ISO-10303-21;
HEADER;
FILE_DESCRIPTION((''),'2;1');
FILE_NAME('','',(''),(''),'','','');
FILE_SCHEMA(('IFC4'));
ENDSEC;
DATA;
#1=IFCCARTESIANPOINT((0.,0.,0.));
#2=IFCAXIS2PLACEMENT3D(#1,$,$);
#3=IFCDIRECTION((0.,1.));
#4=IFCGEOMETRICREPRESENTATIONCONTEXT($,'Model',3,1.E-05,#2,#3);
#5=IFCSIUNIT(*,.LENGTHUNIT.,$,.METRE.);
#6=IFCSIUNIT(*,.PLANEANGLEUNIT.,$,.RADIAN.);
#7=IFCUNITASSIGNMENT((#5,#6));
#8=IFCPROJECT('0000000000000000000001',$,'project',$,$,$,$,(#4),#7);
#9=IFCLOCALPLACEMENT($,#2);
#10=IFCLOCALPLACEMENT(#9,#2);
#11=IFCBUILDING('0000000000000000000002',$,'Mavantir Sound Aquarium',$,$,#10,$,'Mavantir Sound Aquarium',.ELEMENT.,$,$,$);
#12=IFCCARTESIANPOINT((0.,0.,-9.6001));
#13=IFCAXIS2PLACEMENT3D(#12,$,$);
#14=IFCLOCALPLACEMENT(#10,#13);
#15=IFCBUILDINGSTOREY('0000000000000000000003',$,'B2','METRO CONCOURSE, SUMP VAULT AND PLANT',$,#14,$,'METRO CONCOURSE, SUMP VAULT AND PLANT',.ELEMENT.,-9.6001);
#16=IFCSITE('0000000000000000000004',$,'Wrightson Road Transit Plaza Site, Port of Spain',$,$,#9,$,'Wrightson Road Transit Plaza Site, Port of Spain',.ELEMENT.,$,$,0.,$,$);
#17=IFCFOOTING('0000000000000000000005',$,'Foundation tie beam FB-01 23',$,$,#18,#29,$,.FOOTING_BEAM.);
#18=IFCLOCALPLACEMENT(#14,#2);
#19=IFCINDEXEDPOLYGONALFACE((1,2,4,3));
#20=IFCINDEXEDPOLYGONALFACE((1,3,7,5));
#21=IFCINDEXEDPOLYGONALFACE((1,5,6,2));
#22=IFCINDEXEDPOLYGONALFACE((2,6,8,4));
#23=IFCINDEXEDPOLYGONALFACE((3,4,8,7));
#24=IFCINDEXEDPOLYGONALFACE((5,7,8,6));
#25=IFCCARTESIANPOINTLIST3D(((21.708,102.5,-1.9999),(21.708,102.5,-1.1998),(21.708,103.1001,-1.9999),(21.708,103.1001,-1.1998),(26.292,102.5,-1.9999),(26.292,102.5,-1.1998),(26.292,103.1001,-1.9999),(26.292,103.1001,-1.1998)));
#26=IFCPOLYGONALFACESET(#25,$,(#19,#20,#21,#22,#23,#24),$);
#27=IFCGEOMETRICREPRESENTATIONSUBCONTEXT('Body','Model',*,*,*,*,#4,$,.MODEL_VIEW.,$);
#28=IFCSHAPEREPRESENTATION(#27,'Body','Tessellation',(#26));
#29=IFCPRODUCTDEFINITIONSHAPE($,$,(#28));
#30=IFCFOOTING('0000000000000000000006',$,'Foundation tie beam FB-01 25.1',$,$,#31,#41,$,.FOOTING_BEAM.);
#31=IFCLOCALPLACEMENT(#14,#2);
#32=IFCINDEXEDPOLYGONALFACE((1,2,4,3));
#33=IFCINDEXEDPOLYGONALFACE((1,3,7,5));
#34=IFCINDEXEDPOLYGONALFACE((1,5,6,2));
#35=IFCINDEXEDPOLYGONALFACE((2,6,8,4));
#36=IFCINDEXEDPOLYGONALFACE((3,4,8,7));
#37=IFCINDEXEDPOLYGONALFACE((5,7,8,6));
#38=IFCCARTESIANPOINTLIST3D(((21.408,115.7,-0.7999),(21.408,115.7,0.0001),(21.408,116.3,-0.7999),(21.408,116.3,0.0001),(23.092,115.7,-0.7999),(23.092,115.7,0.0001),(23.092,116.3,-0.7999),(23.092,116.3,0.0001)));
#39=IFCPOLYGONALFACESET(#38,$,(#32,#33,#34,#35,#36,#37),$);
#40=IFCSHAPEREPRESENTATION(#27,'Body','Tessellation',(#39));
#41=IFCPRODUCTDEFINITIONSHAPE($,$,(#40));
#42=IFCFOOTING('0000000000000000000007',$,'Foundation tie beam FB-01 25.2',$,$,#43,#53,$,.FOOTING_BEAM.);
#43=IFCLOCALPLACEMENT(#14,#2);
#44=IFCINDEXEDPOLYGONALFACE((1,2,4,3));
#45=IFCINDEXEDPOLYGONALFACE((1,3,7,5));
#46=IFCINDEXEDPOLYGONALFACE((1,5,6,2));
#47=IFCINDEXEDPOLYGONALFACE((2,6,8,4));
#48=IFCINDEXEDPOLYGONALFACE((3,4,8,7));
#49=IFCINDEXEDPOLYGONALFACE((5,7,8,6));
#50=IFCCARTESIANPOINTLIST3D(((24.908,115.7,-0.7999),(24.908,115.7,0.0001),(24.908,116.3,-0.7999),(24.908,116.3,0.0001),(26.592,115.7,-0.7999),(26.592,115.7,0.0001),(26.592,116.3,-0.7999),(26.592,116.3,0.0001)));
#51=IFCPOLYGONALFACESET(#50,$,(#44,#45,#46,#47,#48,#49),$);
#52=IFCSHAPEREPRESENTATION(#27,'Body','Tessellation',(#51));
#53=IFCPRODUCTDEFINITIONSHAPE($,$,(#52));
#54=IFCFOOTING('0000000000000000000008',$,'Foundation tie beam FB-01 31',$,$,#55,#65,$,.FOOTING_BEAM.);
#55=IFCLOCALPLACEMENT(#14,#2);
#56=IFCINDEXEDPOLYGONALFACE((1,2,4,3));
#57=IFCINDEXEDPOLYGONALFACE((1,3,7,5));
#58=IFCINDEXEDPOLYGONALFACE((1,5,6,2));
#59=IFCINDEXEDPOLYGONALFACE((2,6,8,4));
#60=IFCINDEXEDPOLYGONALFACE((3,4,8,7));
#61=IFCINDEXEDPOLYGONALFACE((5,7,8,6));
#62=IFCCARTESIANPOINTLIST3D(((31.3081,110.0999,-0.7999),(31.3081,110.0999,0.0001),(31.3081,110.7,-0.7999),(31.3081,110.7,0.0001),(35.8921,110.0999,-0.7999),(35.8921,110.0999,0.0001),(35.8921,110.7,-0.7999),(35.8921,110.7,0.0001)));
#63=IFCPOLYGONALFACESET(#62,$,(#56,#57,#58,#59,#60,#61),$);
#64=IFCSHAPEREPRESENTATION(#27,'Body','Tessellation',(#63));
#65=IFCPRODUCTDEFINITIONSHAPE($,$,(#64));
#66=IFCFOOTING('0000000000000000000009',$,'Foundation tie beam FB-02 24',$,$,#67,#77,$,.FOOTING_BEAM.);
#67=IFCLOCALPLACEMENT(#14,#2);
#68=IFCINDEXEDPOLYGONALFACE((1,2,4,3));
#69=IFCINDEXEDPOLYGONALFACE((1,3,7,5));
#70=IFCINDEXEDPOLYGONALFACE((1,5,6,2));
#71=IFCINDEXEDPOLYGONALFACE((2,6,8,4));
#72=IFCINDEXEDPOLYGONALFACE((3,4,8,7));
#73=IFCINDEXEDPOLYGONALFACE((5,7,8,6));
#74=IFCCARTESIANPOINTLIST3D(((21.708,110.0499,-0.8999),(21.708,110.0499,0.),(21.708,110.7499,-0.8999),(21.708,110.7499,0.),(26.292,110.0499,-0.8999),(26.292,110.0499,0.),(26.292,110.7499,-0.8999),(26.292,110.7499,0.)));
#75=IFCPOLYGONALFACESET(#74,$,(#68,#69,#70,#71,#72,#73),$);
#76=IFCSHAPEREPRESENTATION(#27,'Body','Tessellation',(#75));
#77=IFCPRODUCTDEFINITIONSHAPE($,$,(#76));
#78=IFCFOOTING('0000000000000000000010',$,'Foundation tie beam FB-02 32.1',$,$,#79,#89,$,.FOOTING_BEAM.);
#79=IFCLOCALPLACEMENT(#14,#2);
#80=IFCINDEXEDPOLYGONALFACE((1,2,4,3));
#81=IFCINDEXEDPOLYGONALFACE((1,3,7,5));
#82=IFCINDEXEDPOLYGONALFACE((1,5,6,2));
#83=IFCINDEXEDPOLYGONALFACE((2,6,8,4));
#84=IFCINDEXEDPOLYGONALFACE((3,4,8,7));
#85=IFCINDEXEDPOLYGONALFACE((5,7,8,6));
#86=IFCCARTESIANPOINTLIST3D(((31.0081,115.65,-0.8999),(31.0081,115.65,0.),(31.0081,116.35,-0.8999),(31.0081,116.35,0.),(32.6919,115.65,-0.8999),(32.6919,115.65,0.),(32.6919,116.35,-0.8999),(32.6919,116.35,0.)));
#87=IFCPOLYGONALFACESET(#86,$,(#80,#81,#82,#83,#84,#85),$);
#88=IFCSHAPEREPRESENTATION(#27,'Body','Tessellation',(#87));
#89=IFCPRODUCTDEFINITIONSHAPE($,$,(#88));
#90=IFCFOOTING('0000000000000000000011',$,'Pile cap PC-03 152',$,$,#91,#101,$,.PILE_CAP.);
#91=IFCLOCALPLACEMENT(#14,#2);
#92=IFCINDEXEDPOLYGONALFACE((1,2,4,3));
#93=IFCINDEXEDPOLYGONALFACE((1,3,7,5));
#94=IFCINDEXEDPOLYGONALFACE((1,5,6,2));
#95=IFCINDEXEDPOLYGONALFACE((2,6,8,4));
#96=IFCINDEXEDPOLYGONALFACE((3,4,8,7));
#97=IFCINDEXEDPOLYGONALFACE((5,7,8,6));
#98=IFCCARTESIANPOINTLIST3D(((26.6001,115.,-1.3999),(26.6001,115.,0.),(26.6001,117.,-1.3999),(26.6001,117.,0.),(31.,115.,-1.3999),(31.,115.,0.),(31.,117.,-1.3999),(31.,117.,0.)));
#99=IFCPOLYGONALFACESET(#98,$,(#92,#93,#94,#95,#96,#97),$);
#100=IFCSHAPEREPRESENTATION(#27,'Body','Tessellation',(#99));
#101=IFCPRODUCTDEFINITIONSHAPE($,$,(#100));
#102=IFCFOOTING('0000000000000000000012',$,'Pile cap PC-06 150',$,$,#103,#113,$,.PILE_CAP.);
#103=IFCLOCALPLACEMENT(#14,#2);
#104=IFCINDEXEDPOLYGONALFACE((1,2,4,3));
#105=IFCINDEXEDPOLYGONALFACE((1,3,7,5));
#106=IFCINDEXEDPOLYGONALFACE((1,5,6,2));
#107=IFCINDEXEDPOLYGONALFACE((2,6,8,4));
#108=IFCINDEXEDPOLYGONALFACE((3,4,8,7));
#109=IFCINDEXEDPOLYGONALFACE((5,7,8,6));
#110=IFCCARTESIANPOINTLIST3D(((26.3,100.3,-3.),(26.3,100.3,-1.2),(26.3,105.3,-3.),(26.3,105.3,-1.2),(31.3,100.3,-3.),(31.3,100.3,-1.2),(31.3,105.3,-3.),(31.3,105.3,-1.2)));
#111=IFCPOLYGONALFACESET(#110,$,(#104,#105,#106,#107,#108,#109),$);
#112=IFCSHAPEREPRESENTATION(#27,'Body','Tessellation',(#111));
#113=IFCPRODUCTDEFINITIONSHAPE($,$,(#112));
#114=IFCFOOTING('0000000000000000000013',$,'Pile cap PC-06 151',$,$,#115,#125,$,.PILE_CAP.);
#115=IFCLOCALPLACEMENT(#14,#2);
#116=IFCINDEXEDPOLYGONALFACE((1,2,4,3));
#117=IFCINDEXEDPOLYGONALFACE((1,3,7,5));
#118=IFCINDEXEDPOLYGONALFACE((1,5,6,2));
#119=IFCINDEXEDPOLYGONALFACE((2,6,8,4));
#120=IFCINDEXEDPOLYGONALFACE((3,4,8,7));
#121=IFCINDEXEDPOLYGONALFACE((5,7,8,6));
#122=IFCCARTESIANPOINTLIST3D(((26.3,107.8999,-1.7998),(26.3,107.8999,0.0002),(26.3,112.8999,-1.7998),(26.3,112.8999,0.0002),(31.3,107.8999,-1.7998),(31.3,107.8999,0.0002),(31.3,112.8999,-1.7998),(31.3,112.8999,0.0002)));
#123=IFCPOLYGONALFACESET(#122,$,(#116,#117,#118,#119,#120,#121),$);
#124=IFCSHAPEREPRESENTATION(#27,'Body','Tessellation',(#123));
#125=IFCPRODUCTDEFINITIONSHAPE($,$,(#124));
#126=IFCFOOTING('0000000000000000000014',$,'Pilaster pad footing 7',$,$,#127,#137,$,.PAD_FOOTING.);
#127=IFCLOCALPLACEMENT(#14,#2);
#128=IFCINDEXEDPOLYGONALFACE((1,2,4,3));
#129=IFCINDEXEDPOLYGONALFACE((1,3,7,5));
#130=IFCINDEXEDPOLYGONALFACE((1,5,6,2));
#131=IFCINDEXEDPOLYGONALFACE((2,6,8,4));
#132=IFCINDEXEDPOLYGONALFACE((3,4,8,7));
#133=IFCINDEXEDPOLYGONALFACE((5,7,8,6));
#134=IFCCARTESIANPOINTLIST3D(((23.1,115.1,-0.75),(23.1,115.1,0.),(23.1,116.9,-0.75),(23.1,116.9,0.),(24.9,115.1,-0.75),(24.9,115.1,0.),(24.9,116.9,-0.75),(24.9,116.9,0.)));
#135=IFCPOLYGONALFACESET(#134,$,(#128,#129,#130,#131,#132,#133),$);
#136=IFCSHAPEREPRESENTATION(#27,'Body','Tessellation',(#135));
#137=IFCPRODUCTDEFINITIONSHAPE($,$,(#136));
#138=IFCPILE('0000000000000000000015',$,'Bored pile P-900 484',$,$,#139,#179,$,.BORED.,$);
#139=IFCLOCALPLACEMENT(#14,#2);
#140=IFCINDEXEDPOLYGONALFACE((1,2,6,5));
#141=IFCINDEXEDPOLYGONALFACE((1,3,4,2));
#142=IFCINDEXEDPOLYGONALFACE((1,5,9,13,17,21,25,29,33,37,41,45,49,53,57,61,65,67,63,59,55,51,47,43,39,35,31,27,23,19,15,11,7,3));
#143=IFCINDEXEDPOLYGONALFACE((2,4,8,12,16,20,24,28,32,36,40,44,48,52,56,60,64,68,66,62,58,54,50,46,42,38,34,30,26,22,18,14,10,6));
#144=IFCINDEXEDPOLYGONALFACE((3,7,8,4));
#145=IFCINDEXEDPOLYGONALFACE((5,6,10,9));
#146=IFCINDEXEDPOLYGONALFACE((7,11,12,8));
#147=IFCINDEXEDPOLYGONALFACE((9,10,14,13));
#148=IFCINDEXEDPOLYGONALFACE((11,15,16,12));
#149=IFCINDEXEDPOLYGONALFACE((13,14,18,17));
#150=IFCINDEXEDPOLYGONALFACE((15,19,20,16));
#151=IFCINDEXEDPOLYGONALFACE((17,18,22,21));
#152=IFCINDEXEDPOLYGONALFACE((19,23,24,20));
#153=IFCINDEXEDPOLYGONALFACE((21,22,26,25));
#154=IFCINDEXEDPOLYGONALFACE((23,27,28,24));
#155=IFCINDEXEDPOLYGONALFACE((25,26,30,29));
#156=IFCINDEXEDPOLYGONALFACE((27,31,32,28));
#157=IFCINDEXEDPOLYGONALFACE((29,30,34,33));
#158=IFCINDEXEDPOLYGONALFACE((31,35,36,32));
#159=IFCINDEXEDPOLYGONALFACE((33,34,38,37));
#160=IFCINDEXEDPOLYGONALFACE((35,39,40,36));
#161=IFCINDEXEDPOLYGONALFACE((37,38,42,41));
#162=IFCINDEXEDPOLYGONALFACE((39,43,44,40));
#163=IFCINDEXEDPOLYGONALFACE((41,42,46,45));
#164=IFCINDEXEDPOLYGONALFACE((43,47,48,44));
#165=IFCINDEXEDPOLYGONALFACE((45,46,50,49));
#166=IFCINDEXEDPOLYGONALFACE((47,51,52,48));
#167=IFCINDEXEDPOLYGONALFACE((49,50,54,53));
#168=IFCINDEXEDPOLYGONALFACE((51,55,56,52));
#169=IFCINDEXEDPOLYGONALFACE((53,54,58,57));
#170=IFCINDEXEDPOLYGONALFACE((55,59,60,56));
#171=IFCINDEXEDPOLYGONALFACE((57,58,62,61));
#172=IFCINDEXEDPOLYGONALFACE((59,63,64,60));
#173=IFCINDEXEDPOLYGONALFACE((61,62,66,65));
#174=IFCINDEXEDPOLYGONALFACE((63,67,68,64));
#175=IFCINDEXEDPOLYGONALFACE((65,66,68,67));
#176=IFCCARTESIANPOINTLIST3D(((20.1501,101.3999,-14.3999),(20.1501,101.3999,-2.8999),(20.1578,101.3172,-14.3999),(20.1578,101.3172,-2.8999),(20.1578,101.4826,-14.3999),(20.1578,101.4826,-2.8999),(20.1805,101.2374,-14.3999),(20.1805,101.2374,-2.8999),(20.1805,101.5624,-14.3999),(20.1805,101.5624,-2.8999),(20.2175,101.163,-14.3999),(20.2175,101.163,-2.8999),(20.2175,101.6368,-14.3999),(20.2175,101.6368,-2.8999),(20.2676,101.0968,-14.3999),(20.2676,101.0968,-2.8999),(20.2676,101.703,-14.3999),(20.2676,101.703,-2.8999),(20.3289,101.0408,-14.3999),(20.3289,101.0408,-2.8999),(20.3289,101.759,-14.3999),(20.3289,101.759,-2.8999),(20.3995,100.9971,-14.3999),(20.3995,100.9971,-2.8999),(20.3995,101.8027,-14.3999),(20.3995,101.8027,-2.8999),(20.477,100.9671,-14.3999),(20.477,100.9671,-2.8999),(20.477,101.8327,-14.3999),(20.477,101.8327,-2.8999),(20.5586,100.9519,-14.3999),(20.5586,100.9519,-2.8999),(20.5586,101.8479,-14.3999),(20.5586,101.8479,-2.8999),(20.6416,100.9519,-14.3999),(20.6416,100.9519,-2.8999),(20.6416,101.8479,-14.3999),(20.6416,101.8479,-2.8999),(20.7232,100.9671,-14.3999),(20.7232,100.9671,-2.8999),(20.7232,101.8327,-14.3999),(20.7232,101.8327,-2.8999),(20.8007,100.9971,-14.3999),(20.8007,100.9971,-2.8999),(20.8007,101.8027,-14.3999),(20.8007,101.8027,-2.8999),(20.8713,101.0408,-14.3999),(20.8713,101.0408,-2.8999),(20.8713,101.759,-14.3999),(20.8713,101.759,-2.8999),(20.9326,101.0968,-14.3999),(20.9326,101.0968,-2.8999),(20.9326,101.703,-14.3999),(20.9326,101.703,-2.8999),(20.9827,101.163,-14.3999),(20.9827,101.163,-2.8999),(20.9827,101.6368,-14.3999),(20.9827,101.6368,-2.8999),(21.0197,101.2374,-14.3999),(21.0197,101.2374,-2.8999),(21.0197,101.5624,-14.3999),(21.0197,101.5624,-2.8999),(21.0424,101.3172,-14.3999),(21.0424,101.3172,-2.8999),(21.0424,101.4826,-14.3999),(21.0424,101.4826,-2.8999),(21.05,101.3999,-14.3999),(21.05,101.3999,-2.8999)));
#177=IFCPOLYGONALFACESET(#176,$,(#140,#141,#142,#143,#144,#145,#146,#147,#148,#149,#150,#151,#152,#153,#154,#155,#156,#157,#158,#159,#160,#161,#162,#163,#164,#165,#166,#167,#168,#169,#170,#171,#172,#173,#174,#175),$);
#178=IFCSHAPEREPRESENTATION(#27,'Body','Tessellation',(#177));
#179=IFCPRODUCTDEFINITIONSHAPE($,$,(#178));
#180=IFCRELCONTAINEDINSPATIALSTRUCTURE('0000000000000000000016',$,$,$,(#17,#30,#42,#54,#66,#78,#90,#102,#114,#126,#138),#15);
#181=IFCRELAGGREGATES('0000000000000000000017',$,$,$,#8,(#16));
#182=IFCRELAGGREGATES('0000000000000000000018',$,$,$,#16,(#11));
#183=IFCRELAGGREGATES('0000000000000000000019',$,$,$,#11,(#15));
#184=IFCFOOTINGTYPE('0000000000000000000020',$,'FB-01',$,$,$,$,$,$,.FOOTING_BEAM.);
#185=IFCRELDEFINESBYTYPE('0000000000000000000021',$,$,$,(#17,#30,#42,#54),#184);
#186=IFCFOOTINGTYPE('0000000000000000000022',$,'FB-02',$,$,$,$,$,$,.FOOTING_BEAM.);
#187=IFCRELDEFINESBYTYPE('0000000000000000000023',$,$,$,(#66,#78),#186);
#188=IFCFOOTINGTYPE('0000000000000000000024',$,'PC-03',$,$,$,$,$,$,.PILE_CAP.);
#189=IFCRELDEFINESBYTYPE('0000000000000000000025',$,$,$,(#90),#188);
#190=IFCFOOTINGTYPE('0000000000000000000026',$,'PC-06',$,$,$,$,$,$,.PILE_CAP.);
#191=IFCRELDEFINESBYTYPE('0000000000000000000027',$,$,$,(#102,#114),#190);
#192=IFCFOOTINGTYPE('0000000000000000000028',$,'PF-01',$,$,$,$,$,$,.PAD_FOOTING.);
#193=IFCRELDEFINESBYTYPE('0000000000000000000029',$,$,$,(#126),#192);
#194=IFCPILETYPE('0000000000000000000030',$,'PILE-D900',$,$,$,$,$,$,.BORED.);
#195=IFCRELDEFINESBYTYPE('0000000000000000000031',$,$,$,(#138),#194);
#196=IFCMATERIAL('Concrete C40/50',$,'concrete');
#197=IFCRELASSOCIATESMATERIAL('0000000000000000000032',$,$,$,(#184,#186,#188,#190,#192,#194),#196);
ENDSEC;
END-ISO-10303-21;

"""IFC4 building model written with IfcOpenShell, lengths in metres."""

from ifc_helpers import new_model, si_unit, direction, frame, origin, origin_2d, place, context, subcontext, project, spatial, rectangle, circle, extrude, material, material_profile, profile_set, type_object, element, save


model = new_model("IFC4")

# Units and contexts
model_context = context("Model", 3, precision=1e-05, world=origin(), true_north=direction((0.0, 1.0)))
body_context = subcontext(model_context, "Body", "Model", "MODEL_VIEW")
ifc_project = project(units=[si_unit("LENGTHUNIT", "METRE"), si_unit("PLANEANGLEUNIT", "RADIAN")], contexts=[model_context])

# Site, building, storey
site_placement = place(None, origin())
site = spatial("IfcSite", under=ifc_project, at=site_placement, Name="Wrightson Road Transit Plaza Site, Port of Spain", LongName="Wrightson Road Transit Plaza Site, Port of Spain", CompositionType="ELEMENT", RefElevation=0.0)
building_placement = place(site_placement, origin())
building = spatial("IfcBuilding", under=site, at=building_placement, Name="Mavantir Sound Aquarium", LongName="Mavantir Sound Aquarium", CompositionType="ELEMENT")
storey_placement = place(building_placement, frame((0.0, 0.0, -9.6001)))
storey = spatial("IfcBuildingStorey", under=building, at=storey_placement, Name="B2", Description="METRO CONCOURSE, SUMP VAULT AND PLANT", LongName="METRO CONCOURSE, SUMP VAULT AND PLANT", CompositionType="ELEMENT", Elevation=-9.6001)

# Footings
ifc_material = material(Name="Concrete C40/50", Category="concrete")
ifc_material_profile_1 = material_profile(ifc_material, rectangle(XDim=0.6001, YDim=0.8, at=origin_2d()), Name="RC 600X800")
ifc_profile_set_1 = profile_set([ifc_material_profile_1], Name="Concrete C40/50")
footing_type_1 = type_object("IfcFootingType", Name="FB-01", PredefinedType="FOOTING_BEAM", material=ifc_profile_set_1)
footing_1_placement = place(storey_placement, frame((21.708, 102.8, -1.5999), z_axis=(1.0, 0.0, 0.0), x_axis=(0.0, 1.0, 0.0)))
element("IfcFooting", 1, at=footing_1_placement, inside=storey, type_object=footing_type_1, Name="Foundation tie beam FB-01 23", PredefinedType="FOOTING_BEAM", context=body_context, shape_type="SweptSolid", body=[
    extrude(rectangle(XDim=0.6001, YDim=0.8, at=origin_2d()), origin(), (0.0, 0.0, 1.0), 4.584),
])
for number, where, z_axis, x_axis, name in (
    (2, (21.408, 116.0, -0.3999), (1.0, 0.0, 0.0), (0.0, 1.0, 0.0), "Foundation tie beam FB-01 25.1"),
    (3, (24.908, 116.0, -0.3999), (1.0, 0.0, 0.0), (0.0, 1.0, 0.0), "Foundation tie beam FB-01 25.2"),
):
    element("IfcFooting", number, at=place(storey_placement, frame(where, z_axis=z_axis, x_axis=x_axis)), inside=storey, type_object=footing_type_1, Name=name, PredefinedType="FOOTING_BEAM", context=body_context, shape_type="SweptSolid", body=[
        extrude(rectangle(XDim=0.6001, YDim=0.8, at=origin_2d()), origin(), (0.0, 0.0, 1.0), 1.6841),
    ])
footing_2_placement = place(storey_placement, frame((31.3081, 110.3999, -0.3999), z_axis=(1.0, 0.0, 0.0), x_axis=(0.0, 1.0, 0.0)))
element("IfcFooting", 4, at=footing_2_placement, inside=storey, type_object=footing_type_1, Name="Foundation tie beam FB-01 31", PredefinedType="FOOTING_BEAM", context=body_context, shape_type="SweptSolid", body=[
    extrude(rectangle(XDim=0.6001, YDim=0.8, at=origin_2d()), origin(), (0.0, 0.0, 1.0), 4.584),
])
ifc_material_profile_2 = material_profile(ifc_material, rectangle(XDim=0.7, YDim=0.8999, at=origin_2d()), Name="RC 700X900")
ifc_profile_set_2 = profile_set([ifc_material_profile_2], Name="Concrete C40/50")
footing_type_2 = type_object("IfcFootingType", Name="FB-02", PredefinedType="FOOTING_BEAM", material=ifc_profile_set_2)
footing_3_placement = place(storey_placement, frame((21.708, 110.3999, -0.45), z_axis=(1.0, 0.0, 0.0), x_axis=(0.0, 1.0, 0.0)))
element("IfcFooting", 5, at=footing_3_placement, inside=storey, type_object=footing_type_2, Name="Foundation tie beam FB-02 24", PredefinedType="FOOTING_BEAM", context=body_context, shape_type="SweptSolid", body=[
    extrude(rectangle(XDim=0.7, YDim=0.8999, at=origin_2d()), origin(), (0.0, 0.0, 1.0), 4.584),
])
footing_4_placement = place(storey_placement, frame((31.0081, 116.0, -0.45), z_axis=(1.0, 0.0, 0.0), x_axis=(0.0, 1.0, 0.0)))
element("IfcFooting", 6, at=footing_4_placement, inside=storey, type_object=footing_type_2, Name="Foundation tie beam FB-02 32.1", PredefinedType="FOOTING_BEAM", context=body_context, shape_type="SweptSolid", body=[
    extrude(rectangle(XDim=0.7, YDim=0.8999, at=origin_2d()), origin(), (0.0, 0.0, 1.0), 1.6838),
])
footing_type_3 = type_object("IfcFootingType", Name="PC-03", PredefinedType="PILE_CAP", material=ifc_material)
footing_5_placement = place(storey_placement, frame((28.8, 116.0, -1.3999), z_axis=(0.0, 0.0, 1.0), x_axis=(1.0, 0.0, 0.0)))
element("IfcFooting", 7, at=footing_5_placement, inside=storey, type_object=footing_type_3, Name="Pile cap PC-03 152", PredefinedType="PILE_CAP", context=body_context, shape_type="SweptSolid", body=[
    extrude(rectangle(XDim=4.3999, YDim=2.0, at=origin_2d()), origin(), (0.0, 0.0, 1.0), 1.3999),
])
footing_type_4 = type_object("IfcFootingType", Name="PC-06", PredefinedType="PILE_CAP", material=ifc_material)
for number, where, z_axis, x_axis, name in (
    (8, (28.8, 102.8, -3.0), (0.0, 0.0, 1.0), (1.0, 0.0, 0.0), "Pile cap PC-06 150"),
    (9, (28.8, 110.3999, -1.7998), (0.0, 0.0, 1.0), (1.0, 0.0, 0.0), "Pile cap PC-06 151"),
):
    element("IfcFooting", number, at=place(storey_placement, frame(where, z_axis=z_axis, x_axis=x_axis)), inside=storey, type_object=footing_type_4, Name=name, PredefinedType="PILE_CAP", context=body_context, shape_type="SweptSolid", body=[
        extrude(rectangle(XDim=5.0, YDim=5.0, at=origin_2d()), origin(), (0.0, 0.0, 1.0), 1.8),
    ])
footing_type_5 = type_object("IfcFootingType", Name="PF-01", PredefinedType="PAD_FOOTING", material=ifc_material)
footing_6_placement = place(storey_placement, frame((24.0, 116.0, -0.75), z_axis=(0.0, 0.0, 1.0), x_axis=(1.0, 0.0, 0.0)))
element("IfcFooting", 10, at=footing_6_placement, inside=storey, type_object=footing_type_5, Name="Pilaster pad footing 7", PredefinedType="PAD_FOOTING", context=body_context, shape_type="SweptSolid", body=[
    extrude(rectangle(XDim=1.8, YDim=1.8, at=origin_2d()), origin(), (0.0, 0.0, 1.0), 0.75),
])

# Pile
ifc_material_profile_3 = material_profile(ifc_material, circle(Radius=0.45, at=origin_2d()), Name="PILE D900")
ifc_profile_set_3 = profile_set([ifc_material_profile_3], Name="Concrete C40/50")
pile_type = type_object("IfcPileType", Name="PILE-D900", PredefinedType="BORED", material=ifc_profile_set_3)
for number, where, z_axis, x_axis, name in (
    (11, (20.6001, 101.3999, -2.8999), (0.0, 0.0, -1.0), (1.0, 0.0, 0.0), "Bored pile P-900 484"),
):
    element("IfcPile", number, at=place(storey_placement, frame(where, z_axis=z_axis, x_axis=x_axis)), inside=storey, type_object=pile_type, Name=name, PredefinedType="BORED", context=body_context, shape_type="SweptSolid", body=[
        extrude(circle(Radius=0.45, at=origin_2d()), origin(), (0.0, 0.0, 1.0), 11.5),
    ])

save(model, "model.ifc")
